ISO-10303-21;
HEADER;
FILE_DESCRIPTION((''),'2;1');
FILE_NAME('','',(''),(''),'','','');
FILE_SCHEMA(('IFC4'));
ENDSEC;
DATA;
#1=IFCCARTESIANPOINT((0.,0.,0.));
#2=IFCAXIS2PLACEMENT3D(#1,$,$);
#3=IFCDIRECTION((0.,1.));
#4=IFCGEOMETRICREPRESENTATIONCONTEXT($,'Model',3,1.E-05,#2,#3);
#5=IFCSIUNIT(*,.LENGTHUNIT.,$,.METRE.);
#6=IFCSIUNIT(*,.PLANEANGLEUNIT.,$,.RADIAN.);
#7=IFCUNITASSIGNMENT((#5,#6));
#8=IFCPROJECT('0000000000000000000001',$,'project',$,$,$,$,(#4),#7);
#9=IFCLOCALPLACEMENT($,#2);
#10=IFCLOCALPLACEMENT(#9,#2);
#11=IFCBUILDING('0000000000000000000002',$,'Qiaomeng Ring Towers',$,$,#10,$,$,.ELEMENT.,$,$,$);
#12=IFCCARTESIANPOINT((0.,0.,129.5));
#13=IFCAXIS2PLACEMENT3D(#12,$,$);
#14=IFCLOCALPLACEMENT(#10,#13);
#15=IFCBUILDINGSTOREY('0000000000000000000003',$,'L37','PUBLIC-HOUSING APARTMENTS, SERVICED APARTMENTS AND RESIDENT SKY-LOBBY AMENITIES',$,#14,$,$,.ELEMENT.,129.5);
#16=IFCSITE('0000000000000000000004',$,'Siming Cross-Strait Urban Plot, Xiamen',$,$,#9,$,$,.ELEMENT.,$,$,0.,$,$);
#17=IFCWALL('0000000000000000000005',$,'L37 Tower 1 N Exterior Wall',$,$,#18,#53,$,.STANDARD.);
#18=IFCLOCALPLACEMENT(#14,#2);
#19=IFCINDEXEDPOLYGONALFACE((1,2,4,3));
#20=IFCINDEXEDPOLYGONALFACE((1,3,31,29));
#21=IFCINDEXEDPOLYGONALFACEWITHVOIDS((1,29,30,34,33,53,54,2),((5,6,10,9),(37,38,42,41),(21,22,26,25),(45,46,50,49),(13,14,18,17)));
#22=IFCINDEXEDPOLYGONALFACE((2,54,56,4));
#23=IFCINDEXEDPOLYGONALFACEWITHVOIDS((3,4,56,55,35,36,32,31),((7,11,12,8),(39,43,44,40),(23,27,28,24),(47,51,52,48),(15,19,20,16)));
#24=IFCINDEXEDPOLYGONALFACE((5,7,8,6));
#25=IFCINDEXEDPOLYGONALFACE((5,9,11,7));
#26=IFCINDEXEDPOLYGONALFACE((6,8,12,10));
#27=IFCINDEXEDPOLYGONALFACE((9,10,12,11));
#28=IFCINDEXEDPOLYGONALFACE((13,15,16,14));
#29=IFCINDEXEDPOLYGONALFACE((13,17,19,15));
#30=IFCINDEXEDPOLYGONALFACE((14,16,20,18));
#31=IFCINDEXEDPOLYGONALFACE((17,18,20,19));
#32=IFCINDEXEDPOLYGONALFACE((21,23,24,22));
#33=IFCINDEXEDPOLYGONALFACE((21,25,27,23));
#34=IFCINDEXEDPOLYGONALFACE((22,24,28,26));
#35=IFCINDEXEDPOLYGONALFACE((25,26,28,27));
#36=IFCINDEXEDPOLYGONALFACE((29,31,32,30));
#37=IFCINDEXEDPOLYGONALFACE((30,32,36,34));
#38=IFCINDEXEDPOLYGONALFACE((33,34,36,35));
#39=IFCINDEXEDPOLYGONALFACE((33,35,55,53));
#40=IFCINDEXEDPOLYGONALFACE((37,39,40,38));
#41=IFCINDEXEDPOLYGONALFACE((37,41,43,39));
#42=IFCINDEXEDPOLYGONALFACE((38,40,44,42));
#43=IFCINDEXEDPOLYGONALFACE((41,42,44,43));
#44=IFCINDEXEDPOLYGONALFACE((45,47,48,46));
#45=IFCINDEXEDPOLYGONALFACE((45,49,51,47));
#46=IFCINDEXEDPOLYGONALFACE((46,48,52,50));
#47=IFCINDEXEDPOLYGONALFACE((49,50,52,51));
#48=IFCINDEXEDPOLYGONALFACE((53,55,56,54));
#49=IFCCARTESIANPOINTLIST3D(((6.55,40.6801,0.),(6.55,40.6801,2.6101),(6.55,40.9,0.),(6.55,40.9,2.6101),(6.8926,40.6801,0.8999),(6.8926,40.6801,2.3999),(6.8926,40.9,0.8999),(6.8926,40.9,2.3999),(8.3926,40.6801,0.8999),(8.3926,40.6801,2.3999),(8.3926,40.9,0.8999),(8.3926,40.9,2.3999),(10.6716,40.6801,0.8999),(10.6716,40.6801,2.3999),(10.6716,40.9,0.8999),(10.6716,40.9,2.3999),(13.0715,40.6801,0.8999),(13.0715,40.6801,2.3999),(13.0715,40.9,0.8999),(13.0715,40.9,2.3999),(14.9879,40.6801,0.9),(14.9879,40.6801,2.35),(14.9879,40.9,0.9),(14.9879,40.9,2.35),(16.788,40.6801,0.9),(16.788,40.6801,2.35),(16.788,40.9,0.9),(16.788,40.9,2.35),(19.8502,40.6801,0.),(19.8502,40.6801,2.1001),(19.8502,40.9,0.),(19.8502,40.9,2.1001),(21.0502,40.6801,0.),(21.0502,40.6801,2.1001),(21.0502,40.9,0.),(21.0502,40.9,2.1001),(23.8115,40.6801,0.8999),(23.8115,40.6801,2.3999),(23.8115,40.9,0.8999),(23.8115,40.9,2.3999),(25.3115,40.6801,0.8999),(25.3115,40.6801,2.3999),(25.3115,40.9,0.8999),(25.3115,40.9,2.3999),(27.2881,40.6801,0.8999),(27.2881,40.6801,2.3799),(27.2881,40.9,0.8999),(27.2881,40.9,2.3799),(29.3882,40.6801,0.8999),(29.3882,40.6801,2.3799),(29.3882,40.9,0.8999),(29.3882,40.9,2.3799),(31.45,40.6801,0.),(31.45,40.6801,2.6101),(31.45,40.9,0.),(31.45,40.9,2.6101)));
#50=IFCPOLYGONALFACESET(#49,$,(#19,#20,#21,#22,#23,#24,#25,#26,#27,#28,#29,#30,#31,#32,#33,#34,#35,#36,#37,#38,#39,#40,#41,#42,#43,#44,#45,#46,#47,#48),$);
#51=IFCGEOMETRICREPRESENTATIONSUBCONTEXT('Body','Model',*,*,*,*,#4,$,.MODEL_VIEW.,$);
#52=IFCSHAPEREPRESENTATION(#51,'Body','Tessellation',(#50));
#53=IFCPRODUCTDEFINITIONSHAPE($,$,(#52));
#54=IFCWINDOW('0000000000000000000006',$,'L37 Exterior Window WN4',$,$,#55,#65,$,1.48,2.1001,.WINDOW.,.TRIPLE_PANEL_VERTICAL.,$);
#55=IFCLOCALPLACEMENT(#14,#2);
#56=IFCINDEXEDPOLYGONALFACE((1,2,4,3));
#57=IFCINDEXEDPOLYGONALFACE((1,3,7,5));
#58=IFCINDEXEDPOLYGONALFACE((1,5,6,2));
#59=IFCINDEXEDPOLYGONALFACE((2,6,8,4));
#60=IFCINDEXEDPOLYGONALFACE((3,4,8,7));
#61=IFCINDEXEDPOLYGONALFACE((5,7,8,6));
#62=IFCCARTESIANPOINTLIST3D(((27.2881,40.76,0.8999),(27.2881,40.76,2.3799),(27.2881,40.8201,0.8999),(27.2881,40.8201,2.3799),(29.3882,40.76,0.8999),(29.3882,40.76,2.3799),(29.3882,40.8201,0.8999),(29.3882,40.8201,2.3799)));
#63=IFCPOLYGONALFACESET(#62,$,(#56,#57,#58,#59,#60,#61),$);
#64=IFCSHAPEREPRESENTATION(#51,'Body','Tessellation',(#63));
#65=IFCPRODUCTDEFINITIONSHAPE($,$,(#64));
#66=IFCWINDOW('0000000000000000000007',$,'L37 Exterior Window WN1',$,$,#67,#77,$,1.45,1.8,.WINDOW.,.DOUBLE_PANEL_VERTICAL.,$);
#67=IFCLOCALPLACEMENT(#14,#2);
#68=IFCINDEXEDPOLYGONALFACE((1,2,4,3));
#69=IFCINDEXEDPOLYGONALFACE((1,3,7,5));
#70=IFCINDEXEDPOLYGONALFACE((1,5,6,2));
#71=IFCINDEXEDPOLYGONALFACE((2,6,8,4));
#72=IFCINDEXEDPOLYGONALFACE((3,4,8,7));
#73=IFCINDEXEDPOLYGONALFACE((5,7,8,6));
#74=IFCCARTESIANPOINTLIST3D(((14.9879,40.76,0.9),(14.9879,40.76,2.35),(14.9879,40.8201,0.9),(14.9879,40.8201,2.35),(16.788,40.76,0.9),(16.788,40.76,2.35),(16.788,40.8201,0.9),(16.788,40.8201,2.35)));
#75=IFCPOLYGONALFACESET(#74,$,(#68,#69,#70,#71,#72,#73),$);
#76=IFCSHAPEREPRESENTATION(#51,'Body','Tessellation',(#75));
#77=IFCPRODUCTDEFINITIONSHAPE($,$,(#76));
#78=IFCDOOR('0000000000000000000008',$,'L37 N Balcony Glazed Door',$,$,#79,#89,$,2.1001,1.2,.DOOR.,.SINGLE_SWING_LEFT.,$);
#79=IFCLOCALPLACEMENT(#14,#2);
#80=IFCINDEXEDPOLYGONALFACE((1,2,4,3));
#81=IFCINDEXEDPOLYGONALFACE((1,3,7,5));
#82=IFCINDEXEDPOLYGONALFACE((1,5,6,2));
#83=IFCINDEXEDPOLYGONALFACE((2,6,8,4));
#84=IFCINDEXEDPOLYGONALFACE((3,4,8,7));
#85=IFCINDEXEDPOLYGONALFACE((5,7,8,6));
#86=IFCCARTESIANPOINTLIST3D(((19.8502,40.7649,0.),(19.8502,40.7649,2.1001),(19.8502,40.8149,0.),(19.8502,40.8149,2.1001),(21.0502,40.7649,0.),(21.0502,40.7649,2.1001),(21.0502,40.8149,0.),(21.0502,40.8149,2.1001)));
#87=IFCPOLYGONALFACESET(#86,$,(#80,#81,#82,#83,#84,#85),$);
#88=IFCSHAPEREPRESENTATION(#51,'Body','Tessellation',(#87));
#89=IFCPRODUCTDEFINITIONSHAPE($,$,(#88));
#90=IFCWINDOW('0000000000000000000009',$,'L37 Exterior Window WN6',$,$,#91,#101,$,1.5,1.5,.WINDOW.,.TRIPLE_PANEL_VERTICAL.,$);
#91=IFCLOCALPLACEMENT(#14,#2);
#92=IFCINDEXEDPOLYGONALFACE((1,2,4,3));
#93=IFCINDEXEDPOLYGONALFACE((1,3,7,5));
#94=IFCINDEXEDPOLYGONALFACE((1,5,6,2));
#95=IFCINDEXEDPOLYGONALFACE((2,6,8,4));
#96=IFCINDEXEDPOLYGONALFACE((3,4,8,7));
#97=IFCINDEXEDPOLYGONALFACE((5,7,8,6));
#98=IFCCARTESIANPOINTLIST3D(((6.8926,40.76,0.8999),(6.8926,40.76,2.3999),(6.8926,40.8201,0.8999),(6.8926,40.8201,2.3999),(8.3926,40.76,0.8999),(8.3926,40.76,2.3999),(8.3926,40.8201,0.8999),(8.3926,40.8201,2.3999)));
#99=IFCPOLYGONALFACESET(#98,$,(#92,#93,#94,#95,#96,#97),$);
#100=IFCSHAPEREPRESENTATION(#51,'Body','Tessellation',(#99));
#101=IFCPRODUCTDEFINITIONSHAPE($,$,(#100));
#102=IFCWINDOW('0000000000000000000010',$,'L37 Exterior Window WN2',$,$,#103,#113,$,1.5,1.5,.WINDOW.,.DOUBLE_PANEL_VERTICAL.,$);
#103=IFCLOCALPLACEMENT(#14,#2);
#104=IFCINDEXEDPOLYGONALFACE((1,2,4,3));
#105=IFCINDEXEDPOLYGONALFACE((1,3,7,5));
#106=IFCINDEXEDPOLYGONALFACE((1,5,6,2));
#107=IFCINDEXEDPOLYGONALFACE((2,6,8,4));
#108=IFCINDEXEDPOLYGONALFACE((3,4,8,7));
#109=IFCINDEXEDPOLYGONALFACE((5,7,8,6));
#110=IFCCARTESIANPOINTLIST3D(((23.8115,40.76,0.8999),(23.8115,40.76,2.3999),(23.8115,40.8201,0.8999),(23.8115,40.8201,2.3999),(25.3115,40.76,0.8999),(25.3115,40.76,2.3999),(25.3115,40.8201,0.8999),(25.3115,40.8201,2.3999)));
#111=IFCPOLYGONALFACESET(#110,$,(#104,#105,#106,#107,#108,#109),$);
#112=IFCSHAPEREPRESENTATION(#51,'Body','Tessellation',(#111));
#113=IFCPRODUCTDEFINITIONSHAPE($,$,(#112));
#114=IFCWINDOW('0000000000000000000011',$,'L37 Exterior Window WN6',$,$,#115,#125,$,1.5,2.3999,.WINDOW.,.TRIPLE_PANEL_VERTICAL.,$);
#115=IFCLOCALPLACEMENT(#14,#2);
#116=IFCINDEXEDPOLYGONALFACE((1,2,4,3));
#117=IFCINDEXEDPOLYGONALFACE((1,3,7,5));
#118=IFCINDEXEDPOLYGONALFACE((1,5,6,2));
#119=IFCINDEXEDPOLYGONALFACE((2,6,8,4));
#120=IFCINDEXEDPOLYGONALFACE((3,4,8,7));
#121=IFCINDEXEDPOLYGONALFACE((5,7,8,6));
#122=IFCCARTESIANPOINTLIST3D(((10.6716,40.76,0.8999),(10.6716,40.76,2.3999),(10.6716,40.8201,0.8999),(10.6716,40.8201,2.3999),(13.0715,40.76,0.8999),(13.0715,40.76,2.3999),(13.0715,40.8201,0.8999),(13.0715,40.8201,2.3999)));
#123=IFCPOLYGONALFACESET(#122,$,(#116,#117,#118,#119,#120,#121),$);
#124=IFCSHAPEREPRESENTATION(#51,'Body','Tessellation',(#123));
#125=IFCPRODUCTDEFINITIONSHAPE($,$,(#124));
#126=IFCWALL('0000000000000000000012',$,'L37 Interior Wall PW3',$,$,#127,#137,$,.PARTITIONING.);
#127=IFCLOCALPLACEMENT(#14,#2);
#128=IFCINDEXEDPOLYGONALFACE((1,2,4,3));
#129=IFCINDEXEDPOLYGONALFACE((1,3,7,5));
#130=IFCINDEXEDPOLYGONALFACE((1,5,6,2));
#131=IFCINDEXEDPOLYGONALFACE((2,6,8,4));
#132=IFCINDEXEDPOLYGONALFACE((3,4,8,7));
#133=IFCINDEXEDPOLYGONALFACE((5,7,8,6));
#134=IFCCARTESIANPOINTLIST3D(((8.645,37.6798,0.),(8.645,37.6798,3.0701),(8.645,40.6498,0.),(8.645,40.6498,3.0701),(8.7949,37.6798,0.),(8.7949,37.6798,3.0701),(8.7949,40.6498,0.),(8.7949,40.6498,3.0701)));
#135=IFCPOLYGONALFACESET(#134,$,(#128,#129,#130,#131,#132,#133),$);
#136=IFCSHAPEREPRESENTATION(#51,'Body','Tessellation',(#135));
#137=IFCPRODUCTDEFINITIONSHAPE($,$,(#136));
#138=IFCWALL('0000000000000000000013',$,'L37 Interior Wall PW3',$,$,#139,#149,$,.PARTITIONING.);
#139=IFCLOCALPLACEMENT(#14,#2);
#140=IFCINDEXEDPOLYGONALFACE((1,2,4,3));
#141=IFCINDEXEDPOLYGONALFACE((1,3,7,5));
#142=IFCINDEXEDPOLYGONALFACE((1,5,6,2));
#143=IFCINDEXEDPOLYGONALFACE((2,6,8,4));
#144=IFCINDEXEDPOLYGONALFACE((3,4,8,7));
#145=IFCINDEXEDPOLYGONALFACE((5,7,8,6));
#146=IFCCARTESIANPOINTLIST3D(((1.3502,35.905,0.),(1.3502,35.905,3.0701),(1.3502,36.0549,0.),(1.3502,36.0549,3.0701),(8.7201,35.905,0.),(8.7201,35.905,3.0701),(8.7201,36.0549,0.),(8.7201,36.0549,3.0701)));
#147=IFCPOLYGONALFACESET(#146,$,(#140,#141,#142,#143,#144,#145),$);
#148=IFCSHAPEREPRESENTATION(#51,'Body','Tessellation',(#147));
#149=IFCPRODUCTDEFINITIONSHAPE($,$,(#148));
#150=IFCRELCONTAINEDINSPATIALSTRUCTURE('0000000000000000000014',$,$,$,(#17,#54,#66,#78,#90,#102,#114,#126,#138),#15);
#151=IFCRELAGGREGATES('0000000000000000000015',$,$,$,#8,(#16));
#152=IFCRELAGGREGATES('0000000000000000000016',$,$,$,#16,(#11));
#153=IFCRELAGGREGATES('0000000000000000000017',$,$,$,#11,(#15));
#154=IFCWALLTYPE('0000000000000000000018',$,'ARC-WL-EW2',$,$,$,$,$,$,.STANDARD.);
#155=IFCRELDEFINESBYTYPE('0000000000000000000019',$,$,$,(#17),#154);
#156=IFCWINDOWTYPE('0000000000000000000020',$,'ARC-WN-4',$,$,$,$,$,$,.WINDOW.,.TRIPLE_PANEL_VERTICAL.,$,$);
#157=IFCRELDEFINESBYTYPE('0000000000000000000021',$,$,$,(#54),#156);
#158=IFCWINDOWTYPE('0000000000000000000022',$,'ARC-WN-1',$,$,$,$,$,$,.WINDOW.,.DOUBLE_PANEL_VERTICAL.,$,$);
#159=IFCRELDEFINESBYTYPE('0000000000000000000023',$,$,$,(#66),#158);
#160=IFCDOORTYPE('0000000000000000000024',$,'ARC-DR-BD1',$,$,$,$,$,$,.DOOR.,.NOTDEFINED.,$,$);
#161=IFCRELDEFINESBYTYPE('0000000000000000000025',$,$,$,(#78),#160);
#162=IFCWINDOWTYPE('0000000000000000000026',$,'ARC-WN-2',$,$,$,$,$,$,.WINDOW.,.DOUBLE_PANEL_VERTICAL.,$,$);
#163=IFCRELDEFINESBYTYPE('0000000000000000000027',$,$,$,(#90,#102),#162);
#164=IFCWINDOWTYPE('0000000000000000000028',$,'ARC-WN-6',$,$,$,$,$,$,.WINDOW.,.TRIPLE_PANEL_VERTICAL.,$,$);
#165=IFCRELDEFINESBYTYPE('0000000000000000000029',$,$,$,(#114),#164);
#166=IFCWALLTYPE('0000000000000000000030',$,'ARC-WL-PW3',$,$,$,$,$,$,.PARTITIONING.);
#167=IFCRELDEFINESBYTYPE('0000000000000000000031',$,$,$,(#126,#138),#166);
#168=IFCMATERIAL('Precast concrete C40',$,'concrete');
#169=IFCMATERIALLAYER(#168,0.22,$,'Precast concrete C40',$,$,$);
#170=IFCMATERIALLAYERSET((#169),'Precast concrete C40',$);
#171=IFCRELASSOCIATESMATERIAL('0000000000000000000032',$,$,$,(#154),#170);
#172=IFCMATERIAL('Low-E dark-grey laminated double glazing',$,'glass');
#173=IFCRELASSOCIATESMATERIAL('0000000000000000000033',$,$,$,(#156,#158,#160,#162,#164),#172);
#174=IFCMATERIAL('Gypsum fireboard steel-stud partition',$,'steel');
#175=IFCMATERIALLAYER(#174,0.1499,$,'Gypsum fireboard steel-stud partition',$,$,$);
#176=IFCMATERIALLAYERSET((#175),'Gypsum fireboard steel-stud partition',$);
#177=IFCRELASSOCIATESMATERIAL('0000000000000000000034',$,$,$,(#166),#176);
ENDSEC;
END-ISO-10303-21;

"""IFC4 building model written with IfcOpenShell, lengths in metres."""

from ifc_helpers import new_model, si_unit, direction, frame, frame_2d, origin, place, context, subcontext, project, spatial, rectangle, extrude, source, transform, mapped, material, layer, layer_set, type_object, element, fill, save


model = new_model("IFC4")

# Units and contexts
model_context = context("Model", 3, precision=1e-05, world=origin(), true_north=direction((0.0, 1.0)))
body_context = subcontext(model_context, "Body", "Model", "MODEL_VIEW")
ifc_project = project(units=[si_unit("LENGTHUNIT", "METRE"), si_unit("PLANEANGLEUNIT", "RADIAN")], contexts=[model_context])

# Site, building, storey
site_placement = place(None, origin())
site = spatial("IfcSite", under=ifc_project, at=site_placement, Name="Siming Cross-Strait Urban Plot, Xiamen", CompositionType="ELEMENT", RefElevation=0.0)
building_placement = place(site_placement, origin())
building = spatial("IfcBuilding", under=site, at=building_placement, Name="Qiaomeng Ring Towers", CompositionType="ELEMENT")
storey_placement = place(building_placement, frame((0.0, 0.0, 129.5)))
storey = spatial("IfcBuildingStorey", under=building, at=storey_placement, Name="L37", Description="PUBLIC-HOUSING APARTMENTS, SERVICED APARTMENTS AND RESIDENT SKY-LOBBY AMENITIES", CompositionType="ELEMENT", Elevation=129.5)

# Shared definitions
ifc_material_1 = material(Name="Low-E dark-grey laminated double glazing", Category="glass")

# Wall, openings, windows, door
ifc_material_2 = material(Name="Precast concrete C40", Category="concrete")
ifc_layer_1 = layer(ifc_material_2, 0.22, Name="Precast concrete C40")
ifc_layer_set_1 = layer_set([ifc_layer_1], Name="Precast concrete C40")
wall_type_1 = type_object("IfcWallType", Name="ARC-WL-EW2", PredefinedType="STANDARD", material=ifc_layer_set_1)
wall_1_placement = place(storey_placement, frame((6.55, 40.79, 0.0), z_axis=(0.0, 0.0, 1.0), x_axis=(1.0, 0.0, 0.0)))
wall_1 = element("IfcWall", 1, at=wall_1_placement, inside=storey, type_object=wall_type_1, Name="L37 Tower 1 N Exterior Wall", PredefinedType="STANDARD", context=body_context, shape_type="SweptSolid", body=[
    extrude(rectangle(XDim=24.8999, YDim=0.22, at=frame_2d((12.45, 0.0))), origin(), (0.0, 0.0, 1.0), 2.6101),
])
opening_1_placement = place(wall_1_placement, frame((13.3, 0.0, 0.0)))
opening_1 = element("IfcOpeningElement", 2, at=opening_1_placement, cuts=wall_1, PredefinedType="OPENING", context=body_context, shape_type="SweptSolid", body=[
    extrude(rectangle(XDim=1.2, YDim=2.1001, at=frame_2d((0.6001, 1.05))), frame((0.0, 0.1199, 0.0), z_axis=(0.0, -1.0, 0.0), x_axis=(1.0, 0.0, 0.0)), (0.0, 0.0, 1.0), 0.24),
])
opening_2_placement = place(wall_1_placement, frame((0.3425, 0.0, 0.8999)))
opening_2 = element("IfcOpeningElement", 3, at=opening_2_placement, cuts=wall_1, PredefinedType="OPENING", context=body_context, shape_type="SweptSolid", body=[
    extrude(rectangle(XDim=1.5, YDim=1.5, at=frame_2d((0.75, 0.75))), frame((0.0, 0.1199, 0.0), z_axis=(0.0, -1.0, 0.0), x_axis=(1.0, 0.0, 0.0)), (0.0, 0.0, 1.0), 0.24),
])
opening_3_placement = place(wall_1_placement, frame((8.438, 0.0, 0.8999)))
opening_3 = element("IfcOpeningElement", 4, at=opening_3_placement, cuts=wall_1, PredefinedType="OPENING", context=body_context, shape_type="SweptSolid", body=[
    extrude(rectangle(XDim=1.8, YDim=1.45, at=frame_2d((0.8999, 0.7251))), frame((0.0, 0.1199, 0.0), z_axis=(0.0, -1.0, 0.0), x_axis=(1.0, 0.0, 0.0)), (0.0, 0.0, 1.0), 0.24),
])
opening_4_placement = place(wall_1_placement, frame((17.2615, 0.0, 0.8999)))
opening_4 = element("IfcOpeningElement", 5, at=opening_4_placement, cuts=wall_1, PredefinedType="OPENING", context=body_context, shape_type="SweptSolid", body=[
    extrude(rectangle(XDim=1.5, YDim=1.5, at=frame_2d((0.75, 0.75))), frame((0.0, 0.1199, 0.0), z_axis=(0.0, -1.0, 0.0), x_axis=(1.0, 0.0, 0.0)), (0.0, 0.0, 1.0), 0.24),
])
opening_5_placement = place(wall_1_placement, frame((20.738, 0.0, 0.8999)))
opening_5 = element("IfcOpeningElement", 6, at=opening_5_placement, cuts=wall_1, PredefinedType="OPENING", context=body_context, shape_type="SweptSolid", body=[
    extrude(rectangle(XDim=2.1001, YDim=1.48, at=frame_2d((1.05, 0.74))), frame((0.0, 0.1199, 0.0), z_axis=(0.0, -1.0, 0.0), x_axis=(1.0, 0.0, 0.0)), (0.0, 0.0, 1.0), 0.24),
])
opening_6_placement = place(wall_1_placement, frame((4.1216, 0.0, 0.8999)))
opening_6 = element("IfcOpeningElement", 7, at=opening_6_placement, cuts=wall_1, PredefinedType="OPENING", context=body_context, shape_type="SweptSolid", body=[
    extrude(rectangle(XDim=2.3999, YDim=1.5, at=frame_2d((1.2, 0.75))), frame((0.0, 0.1199, 0.0), z_axis=(0.0, -1.0, 0.0), x_axis=(1.0, 0.0, 0.0)), (0.0, 0.0, 1.0), 0.24),
])
window_type_1 = type_object("IfcWindowType", Name="ARC-WN-4", PartitioningType="TRIPLE_PANEL_VERTICAL", PredefinedType="WINDOW", material=ifc_material_1)
shared_shape_1 = source(origin(), body_context, "Body", "SweptSolid", [
    extrude(rectangle(XDim=2.1001, YDim=1.48, at=frame_2d((1.05, 0.74))), frame((0.0, 0.03, 0.0), z_axis=(0.0, -1.0, 0.0), x_axis=(1.0, 0.0, 0.0)), (0.0, 0.0, 1.0), 0.0601),
])
window_1_placement = place(opening_5_placement, origin())
window_1 = element("IfcWindow", 8, at=window_1_placement, inside=storey, type_object=window_type_1, Name="L37 Exterior Window WN4", OverallHeight=1.48, OverallWidth=2.1001, PartitioningType="TRIPLE_PANEL_VERTICAL", PredefinedType="WINDOW", context=body_context, shape_type="MappedRepresentation", body=[
    mapped(shared_shape_1, transform((0.0, 0.0, 0.0), x_axis=(1.0, 0.0, 0.0), y_axis=(0.0, 1.0, 0.0), z_axis=(0.0, 0.0, 1.0), scale=1.0)),
])
fill(opening_5, window_1)
window_type_2 = type_object("IfcWindowType", Name="ARC-WN-1", PartitioningType="DOUBLE_PANEL_VERTICAL", PredefinedType="WINDOW", material=ifc_material_1)
shared_shape_2 = source(origin(), body_context, "Body", "SweptSolid", [
    extrude(rectangle(XDim=1.8, YDim=1.45, at=frame_2d((0.8999, 0.7251))), frame((0.0, 0.03, 0.0), z_axis=(0.0, -1.0, 0.0), x_axis=(1.0, 0.0, 0.0)), (0.0, 0.0, 1.0), 0.0601),
])
window_2_placement = place(opening_3_placement, origin())
window_2 = element("IfcWindow", 9, at=window_2_placement, inside=storey, type_object=window_type_2, Name="L37 Exterior Window WN1", OverallHeight=1.45, OverallWidth=1.8, PartitioningType="DOUBLE_PANEL_VERTICAL", PredefinedType="WINDOW", context=body_context, shape_type="MappedRepresentation", body=[
    mapped(shared_shape_2, transform((0.0, 0.0, 0.0), x_axis=(1.0, 0.0, 0.0), y_axis=(0.0, 1.0, 0.0), z_axis=(0.0, 0.0, 1.0), scale=1.0)),
])
fill(opening_3, window_2)
door_type_1 = type_object("IfcDoorType", Name="ARC-DR-BD1", OperationType="NOTDEFINED", PredefinedType="DOOR", material=ifc_material_1)
shared_shape_3 = source(origin(), body_context, "Body", "SweptSolid", [
    extrude(rectangle(XDim=1.2, YDim=2.1001, at=frame_2d((0.6001, 1.05))), frame((0.0, 0.0249, 0.0), z_axis=(0.0, -1.0, 0.0), x_axis=(1.0, 0.0, 0.0)), (0.0, 0.0, 1.0), 0.05),
])
door_1_placement = place(opening_1_placement, origin())
door_1 = element("IfcDoor", 10, at=door_1_placement, inside=storey, type_object=door_type_1, Name="L37 N Balcony Glazed Door", OperationType="SINGLE_SWING_LEFT", OverallHeight=2.1001, OverallWidth=1.2, PredefinedType="DOOR", context=body_context, shape_type="MappedRepresentation", body=[
    mapped(shared_shape_3, transform((0.0, 0.0, 0.0), x_axis=(1.0, 0.0, 0.0), y_axis=(0.0, 1.0, 0.0), z_axis=(0.0, 0.0, 1.0), scale=1.0)),
])
fill(opening_1, door_1)
window_type_3 = type_object("IfcWindowType", Name="ARC-WN-2", PartitioningType="DOUBLE_PANEL_VERTICAL", PredefinedType="WINDOW", material=ifc_material_1)
shared_shape_4 = source(origin(), body_context, "Body", "SweptSolid", [
    extrude(rectangle(XDim=1.5, YDim=1.5, at=frame_2d((0.75, 0.75))), frame((0.0, 0.03, 0.0), z_axis=(0.0, -1.0, 0.0), x_axis=(1.0, 0.0, 0.0)), (0.0, 0.0, 1.0), 0.0601),
])
window_3_placement = place(opening_2_placement, origin())
window_3 = element("IfcWindow", 11, at=window_3_placement, inside=storey, type_object=window_type_3, Name="L37 Exterior Window WN6", OverallHeight=1.5, OverallWidth=1.5, PartitioningType="TRIPLE_PANEL_VERTICAL", PredefinedType="WINDOW", context=body_context, shape_type="MappedRepresentation", body=[
    mapped(shared_shape_4, transform((0.0, 0.0, 0.0), x_axis=(1.0, 0.0, 0.0), y_axis=(0.0, 1.0, 0.0), z_axis=(0.0, 0.0, 1.0), scale=1.0)),
])
fill(opening_2, window_3)
window_4_placement = place(opening_4_placement, origin())
window_4 = element("IfcWindow", 12, at=window_4_placement, inside=storey, type_object=window_type_3, Name="L37 Exterior Window WN2", OverallHeight=1.5, OverallWidth=1.5, PartitioningType="DOUBLE_PANEL_VERTICAL", PredefinedType="WINDOW", context=body_context, shape_type="MappedRepresentation", body=[
    mapped(shared_shape_4, transform((0.0, 0.0, 0.0), x_axis=(1.0, 0.0, 0.0), y_axis=(0.0, 1.0, 0.0), z_axis=(0.0, 0.0, 1.0), scale=1.0)),
])
fill(opening_4, window_4)
window_type_4 = type_object("IfcWindowType", Name="ARC-WN-6", PartitioningType="TRIPLE_PANEL_VERTICAL", PredefinedType="WINDOW", material=ifc_material_1)
shared_shape_5 = source(origin(), body_context, "Body", "SweptSolid", [
    extrude(rectangle(XDim=2.3999, YDim=1.5, at=frame_2d((1.2, 0.75))), frame((0.0, 0.03, 0.0), z_axis=(0.0, -1.0, 0.0), x_axis=(1.0, 0.0, 0.0)), (0.0, 0.0, 1.0), 0.0601),
])
window_5_placement = place(opening_6_placement, origin())
window_5 = element("IfcWindow", 13, at=window_5_placement, inside=storey, type_object=window_type_4, Name="L37 Exterior Window WN6", OverallHeight=1.5, OverallWidth=2.3999, PartitioningType="TRIPLE_PANEL_VERTICAL", PredefinedType="WINDOW", context=body_context, shape_type="MappedRepresentation", body=[
    mapped(shared_shape_5, transform((0.0, 0.0, 0.0), x_axis=(1.0, 0.0, 0.0), y_axis=(0.0, 1.0, 0.0), z_axis=(0.0, 0.0, 1.0), scale=1.0)),
])
fill(opening_6, window_5)

# Walls
ifc_material_3 = material(Name="Gypsum fireboard steel-stud partition", Category="steel")
ifc_layer_2 = layer(ifc_material_3, 0.1499, Name="Gypsum fireboard steel-stud partition")
ifc_layer_set_2 = layer_set([ifc_layer_2], Name="Gypsum fireboard steel-stud partition")
wall_type_2 = type_object("IfcWallType", Name="ARC-WL-PW3", PredefinedType="PARTITIONING", material=ifc_layer_set_2)
wall_2_placement = place(storey_placement, frame((8.72, 37.6799, 0.0), z_axis=(0.0, 0.0, 1.0), x_axis=(0.0, 1.0, 0.0)))
element("IfcWall", 14, at=wall_2_placement, inside=storey, type_object=wall_type_2, Name="L37 Interior Wall PW3", PredefinedType="PARTITIONING", context=body_context, shape_type="SweptSolid", body=[
    extrude(rectangle(XDim=2.97, YDim=0.1499, at=frame_2d((1.4849, 0.0))), origin(), (0.0, 0.0, 1.0), 3.0701),
])
wall_3_placement = place(storey_placement, frame((1.3501, 35.98, 0.0), z_axis=(0.0, 0.0, 1.0), x_axis=(1.0, 0.0, 0.0)))
element("IfcWall", 15, at=wall_3_placement, inside=storey, type_object=wall_type_2, Name="L37 Interior Wall PW3", PredefinedType="PARTITIONING", context=body_context, shape_type="SweptSolid", body=[
    extrude(rectangle(XDim=7.3699, YDim=0.1499, at=frame_2d((3.6851, 0.0))), origin(), (0.0, 0.0, 1.0), 3.0701),
])

save(model, "model.ifc")
